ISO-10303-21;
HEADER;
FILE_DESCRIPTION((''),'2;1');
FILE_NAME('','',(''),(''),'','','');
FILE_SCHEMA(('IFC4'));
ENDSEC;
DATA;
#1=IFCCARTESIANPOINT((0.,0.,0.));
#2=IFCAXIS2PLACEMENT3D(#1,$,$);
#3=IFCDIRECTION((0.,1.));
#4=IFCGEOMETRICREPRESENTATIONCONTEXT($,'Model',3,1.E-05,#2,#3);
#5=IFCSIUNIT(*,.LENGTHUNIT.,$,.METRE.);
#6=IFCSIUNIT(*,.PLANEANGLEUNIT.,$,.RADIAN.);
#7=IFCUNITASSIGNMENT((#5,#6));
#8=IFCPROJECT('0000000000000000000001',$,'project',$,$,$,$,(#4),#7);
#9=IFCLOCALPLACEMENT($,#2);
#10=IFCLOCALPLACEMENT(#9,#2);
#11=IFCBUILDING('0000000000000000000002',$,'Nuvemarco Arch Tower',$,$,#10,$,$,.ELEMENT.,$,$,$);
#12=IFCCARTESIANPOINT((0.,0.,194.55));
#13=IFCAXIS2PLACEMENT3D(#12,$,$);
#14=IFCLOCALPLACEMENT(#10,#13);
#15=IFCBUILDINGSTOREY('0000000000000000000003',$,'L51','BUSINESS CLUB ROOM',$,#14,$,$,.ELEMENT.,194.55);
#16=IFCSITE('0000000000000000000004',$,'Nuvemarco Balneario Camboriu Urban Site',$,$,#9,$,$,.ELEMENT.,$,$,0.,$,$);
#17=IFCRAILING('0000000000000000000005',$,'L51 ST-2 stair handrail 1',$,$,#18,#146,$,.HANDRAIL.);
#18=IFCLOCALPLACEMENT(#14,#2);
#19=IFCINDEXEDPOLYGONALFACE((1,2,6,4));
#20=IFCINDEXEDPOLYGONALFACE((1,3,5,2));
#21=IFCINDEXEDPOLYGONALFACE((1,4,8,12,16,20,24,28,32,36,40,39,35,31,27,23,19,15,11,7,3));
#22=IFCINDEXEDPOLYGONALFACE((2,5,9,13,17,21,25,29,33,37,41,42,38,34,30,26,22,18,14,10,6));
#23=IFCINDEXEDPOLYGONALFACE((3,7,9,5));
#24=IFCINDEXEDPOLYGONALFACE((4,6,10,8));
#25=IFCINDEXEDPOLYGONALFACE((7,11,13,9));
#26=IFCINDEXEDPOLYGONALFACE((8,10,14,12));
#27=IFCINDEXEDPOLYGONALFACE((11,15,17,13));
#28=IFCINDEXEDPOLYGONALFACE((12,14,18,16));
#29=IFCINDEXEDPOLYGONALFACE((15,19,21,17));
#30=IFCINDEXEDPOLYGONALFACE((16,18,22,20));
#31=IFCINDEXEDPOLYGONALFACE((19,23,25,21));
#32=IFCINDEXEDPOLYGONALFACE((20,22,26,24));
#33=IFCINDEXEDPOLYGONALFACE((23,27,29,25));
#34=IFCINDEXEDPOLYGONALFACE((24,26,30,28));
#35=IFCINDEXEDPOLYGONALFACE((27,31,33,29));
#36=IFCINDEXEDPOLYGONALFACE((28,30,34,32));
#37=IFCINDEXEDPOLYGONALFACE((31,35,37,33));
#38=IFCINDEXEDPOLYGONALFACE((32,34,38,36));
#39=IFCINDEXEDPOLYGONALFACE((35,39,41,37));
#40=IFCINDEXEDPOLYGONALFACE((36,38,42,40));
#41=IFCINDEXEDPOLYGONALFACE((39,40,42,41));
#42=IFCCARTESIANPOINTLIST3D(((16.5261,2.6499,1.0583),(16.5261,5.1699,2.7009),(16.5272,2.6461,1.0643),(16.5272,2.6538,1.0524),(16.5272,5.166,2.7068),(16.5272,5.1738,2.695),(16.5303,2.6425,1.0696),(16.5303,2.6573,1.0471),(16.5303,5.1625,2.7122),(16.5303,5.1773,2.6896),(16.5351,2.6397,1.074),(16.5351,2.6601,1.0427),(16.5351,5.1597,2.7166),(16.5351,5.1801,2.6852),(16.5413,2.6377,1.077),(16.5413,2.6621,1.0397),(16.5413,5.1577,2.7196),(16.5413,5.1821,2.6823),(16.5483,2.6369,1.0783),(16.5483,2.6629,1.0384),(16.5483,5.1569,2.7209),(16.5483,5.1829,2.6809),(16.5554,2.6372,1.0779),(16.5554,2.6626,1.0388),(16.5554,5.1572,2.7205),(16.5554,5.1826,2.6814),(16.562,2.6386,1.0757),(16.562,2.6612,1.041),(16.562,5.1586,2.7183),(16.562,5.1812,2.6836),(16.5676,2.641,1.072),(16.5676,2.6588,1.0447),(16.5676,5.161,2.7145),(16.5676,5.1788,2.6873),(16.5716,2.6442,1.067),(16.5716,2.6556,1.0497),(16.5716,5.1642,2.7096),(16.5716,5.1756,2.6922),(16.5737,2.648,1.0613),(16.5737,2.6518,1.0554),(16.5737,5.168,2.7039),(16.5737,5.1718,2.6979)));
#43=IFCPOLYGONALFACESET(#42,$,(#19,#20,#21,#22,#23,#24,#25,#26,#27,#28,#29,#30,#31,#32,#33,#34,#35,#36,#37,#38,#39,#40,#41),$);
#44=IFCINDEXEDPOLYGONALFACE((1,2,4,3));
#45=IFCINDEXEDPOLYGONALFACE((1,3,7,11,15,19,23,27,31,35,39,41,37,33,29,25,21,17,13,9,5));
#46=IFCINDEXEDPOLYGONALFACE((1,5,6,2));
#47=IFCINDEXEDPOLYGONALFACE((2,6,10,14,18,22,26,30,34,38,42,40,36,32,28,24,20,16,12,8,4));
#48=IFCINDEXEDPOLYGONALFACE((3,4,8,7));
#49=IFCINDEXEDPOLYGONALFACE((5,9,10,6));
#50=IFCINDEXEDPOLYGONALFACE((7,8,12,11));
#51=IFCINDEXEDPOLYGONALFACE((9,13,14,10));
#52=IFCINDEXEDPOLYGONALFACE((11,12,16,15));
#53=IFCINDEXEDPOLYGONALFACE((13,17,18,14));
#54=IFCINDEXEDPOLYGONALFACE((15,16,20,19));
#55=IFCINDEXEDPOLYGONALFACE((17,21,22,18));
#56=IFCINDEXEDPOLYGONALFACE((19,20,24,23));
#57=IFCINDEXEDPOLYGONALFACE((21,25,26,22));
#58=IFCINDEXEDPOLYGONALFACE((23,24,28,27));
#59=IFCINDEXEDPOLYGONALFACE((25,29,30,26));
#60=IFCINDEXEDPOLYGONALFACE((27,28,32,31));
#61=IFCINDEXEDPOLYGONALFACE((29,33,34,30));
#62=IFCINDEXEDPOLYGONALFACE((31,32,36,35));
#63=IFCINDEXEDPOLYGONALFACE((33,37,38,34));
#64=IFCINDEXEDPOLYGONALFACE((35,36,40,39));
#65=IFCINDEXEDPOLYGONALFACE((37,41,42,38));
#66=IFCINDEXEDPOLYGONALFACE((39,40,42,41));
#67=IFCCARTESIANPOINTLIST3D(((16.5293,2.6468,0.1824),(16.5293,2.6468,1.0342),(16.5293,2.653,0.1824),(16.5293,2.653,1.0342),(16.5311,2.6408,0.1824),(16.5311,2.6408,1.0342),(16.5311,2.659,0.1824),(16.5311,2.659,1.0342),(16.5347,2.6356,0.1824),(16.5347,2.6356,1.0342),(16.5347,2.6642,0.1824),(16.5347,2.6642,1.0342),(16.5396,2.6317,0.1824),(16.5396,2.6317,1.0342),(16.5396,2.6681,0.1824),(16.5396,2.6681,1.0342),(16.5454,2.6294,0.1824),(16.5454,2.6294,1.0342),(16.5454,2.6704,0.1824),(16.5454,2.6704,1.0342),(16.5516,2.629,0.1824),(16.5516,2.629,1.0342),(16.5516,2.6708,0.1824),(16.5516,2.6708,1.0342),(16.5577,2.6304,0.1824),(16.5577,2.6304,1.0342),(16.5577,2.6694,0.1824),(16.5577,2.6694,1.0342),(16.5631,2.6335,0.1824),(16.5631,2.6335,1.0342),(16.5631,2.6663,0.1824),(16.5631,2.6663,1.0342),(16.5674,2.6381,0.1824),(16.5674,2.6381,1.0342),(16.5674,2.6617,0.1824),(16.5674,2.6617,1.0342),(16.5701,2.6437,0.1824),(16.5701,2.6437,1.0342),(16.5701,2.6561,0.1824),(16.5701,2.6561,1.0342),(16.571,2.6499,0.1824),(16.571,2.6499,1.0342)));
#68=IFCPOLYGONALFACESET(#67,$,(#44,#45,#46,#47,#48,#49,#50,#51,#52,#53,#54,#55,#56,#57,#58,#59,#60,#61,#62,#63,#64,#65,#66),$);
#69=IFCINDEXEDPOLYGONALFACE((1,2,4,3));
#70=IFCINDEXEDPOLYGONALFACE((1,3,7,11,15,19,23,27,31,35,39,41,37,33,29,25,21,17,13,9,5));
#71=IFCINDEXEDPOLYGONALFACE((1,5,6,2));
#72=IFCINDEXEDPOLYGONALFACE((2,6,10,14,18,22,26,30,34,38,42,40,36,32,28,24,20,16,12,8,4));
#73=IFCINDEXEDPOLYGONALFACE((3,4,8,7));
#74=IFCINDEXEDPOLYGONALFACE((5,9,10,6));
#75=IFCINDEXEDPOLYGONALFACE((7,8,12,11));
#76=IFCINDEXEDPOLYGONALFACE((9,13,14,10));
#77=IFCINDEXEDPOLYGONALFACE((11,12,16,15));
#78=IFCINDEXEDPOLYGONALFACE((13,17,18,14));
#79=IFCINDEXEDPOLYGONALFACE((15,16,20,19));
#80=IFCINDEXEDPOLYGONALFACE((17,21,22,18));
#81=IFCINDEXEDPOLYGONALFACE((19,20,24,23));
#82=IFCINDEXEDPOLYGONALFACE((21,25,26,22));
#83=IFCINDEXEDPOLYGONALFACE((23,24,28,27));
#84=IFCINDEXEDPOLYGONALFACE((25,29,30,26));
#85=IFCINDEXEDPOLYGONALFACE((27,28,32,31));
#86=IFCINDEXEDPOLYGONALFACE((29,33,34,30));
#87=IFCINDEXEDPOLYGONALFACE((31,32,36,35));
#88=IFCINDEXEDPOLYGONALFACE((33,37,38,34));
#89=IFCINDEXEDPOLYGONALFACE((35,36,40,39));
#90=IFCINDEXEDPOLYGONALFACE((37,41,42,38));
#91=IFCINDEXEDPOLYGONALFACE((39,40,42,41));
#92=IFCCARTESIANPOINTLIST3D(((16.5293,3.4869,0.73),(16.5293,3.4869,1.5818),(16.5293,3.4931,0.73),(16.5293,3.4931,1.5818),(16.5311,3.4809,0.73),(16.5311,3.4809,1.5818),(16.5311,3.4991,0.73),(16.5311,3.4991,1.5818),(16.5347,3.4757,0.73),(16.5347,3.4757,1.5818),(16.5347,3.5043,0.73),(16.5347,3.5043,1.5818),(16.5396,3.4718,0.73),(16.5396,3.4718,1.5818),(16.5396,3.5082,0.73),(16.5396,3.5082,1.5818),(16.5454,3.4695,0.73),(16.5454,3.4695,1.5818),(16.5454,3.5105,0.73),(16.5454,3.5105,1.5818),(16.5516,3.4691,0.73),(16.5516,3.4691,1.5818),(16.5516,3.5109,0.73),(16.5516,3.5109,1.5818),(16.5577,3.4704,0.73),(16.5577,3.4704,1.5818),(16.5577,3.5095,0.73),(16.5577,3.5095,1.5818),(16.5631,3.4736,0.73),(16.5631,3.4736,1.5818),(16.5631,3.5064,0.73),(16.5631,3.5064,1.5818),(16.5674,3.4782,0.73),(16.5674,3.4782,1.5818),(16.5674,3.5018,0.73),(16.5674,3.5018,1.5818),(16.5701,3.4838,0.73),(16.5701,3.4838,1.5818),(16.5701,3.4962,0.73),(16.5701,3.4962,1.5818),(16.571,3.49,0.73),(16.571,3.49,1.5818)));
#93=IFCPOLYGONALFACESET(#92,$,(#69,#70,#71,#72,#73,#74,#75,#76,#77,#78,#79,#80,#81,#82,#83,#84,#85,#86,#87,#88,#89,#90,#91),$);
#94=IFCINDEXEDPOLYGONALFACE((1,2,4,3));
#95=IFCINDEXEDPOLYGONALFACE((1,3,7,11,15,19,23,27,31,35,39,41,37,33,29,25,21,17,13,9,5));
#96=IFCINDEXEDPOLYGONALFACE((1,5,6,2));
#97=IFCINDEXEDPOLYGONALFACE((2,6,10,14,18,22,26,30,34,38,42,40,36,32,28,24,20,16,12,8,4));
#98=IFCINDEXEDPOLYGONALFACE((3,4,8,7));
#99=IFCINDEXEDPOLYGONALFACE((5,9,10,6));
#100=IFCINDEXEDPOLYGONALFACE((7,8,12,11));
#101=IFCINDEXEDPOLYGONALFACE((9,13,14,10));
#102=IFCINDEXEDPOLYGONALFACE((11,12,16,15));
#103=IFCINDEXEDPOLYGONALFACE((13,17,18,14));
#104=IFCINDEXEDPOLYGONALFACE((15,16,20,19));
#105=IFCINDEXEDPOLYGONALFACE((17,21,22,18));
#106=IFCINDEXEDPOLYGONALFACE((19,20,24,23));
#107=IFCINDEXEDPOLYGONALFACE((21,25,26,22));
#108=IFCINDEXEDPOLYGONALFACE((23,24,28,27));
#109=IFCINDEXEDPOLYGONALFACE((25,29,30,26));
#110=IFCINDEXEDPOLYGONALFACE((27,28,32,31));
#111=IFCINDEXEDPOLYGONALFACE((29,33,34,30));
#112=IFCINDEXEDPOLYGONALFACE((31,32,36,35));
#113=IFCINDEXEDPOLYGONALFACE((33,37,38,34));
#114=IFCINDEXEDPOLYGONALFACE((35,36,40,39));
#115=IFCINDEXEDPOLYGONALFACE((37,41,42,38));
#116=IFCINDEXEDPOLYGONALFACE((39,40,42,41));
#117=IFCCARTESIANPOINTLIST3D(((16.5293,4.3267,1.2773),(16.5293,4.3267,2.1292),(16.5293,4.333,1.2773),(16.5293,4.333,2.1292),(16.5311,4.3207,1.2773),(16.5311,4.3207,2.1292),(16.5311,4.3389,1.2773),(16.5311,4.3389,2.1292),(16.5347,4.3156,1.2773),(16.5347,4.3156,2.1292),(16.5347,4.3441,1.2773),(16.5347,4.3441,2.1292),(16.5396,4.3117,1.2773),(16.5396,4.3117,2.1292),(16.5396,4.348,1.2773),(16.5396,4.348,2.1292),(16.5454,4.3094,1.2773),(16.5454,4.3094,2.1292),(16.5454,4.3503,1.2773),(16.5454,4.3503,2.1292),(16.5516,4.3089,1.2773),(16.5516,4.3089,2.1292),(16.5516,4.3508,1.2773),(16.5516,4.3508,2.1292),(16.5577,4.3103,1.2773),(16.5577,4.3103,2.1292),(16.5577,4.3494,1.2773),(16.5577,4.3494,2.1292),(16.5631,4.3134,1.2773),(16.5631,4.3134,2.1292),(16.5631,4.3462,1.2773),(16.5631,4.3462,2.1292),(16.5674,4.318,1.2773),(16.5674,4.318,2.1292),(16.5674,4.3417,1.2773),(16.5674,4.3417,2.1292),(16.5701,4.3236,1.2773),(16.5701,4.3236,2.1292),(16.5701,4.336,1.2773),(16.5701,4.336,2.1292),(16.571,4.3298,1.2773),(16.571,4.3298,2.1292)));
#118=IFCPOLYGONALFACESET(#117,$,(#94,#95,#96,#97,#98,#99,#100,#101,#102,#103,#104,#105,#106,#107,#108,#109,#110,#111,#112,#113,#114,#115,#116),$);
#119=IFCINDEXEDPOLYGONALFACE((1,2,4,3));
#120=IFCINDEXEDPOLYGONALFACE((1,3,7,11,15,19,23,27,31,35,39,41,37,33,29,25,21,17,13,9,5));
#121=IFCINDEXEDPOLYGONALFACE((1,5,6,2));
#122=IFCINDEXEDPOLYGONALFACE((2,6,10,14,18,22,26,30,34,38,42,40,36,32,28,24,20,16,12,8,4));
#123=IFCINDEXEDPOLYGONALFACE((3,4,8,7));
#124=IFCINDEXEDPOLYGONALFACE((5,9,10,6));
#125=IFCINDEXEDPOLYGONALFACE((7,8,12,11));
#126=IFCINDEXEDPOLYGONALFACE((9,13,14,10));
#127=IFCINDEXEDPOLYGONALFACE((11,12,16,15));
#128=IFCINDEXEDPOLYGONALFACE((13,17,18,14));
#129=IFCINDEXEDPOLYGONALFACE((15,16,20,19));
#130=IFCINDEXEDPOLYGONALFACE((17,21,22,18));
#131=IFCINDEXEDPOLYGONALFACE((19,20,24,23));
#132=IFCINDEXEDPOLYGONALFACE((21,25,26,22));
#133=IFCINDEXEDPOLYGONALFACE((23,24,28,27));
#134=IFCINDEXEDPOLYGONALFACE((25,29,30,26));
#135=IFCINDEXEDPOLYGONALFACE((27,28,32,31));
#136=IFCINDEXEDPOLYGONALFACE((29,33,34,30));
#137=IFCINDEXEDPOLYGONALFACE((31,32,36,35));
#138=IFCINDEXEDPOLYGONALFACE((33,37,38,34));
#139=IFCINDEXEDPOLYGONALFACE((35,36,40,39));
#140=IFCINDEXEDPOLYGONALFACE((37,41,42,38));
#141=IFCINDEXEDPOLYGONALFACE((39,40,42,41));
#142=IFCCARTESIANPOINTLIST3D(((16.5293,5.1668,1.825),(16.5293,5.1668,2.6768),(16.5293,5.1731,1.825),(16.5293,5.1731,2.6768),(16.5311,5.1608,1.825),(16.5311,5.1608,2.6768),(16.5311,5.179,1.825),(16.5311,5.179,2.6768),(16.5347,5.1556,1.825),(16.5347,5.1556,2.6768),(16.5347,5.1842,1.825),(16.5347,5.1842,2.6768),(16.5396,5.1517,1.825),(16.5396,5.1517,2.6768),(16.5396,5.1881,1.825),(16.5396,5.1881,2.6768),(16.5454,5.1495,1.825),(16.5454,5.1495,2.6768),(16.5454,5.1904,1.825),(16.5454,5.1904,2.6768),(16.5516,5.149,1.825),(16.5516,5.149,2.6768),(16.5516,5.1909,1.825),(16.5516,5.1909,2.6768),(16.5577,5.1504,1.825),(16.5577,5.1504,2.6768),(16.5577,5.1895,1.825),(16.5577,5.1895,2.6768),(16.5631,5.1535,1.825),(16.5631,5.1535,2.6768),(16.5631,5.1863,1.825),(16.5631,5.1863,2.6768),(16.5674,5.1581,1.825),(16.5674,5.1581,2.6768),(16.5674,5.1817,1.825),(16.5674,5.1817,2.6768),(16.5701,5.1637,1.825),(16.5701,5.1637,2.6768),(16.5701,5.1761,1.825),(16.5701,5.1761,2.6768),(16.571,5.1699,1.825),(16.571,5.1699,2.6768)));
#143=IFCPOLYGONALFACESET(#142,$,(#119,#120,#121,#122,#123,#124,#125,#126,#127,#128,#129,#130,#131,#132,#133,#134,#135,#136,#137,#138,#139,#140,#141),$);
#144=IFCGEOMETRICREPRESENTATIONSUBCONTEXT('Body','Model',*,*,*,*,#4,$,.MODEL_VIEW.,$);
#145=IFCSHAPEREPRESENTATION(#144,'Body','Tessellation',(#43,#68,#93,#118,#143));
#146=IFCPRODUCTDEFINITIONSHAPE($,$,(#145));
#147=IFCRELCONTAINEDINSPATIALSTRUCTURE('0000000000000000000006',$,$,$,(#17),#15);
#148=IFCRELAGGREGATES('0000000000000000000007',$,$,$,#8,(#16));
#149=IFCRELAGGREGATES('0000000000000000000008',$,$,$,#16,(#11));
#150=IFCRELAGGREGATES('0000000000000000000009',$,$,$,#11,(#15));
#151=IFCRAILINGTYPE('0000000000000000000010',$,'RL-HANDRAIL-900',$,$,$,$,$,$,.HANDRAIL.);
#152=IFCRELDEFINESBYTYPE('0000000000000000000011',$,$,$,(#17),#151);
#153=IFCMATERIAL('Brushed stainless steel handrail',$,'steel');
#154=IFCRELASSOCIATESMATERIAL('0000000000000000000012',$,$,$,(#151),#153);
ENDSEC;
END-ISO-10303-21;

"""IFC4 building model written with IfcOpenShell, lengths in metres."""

from ifc_helpers import new_model, si_unit, direction, frame, origin, origin_2d, place, context, subcontext, project, spatial, circle, extrude, material, type_object, element, save


model = new_model("IFC4")

# Units and contexts
model_context = context("Model", 3, precision=1e-05, world=origin(), true_north=direction((0.0, 1.0)))
body_context = subcontext(model_context, "Body", "Model", "MODEL_VIEW")
ifc_project = project(units=[si_unit("LENGTHUNIT", "METRE"), si_unit("PLANEANGLEUNIT", "RADIAN")], contexts=[model_context])

# Site, building, storey
site_placement = place(None, origin())
site = spatial("IfcSite", under=ifc_project, at=site_placement, Name="Nuvemarco Balneario Camboriu Urban Site", CompositionType="ELEMENT", RefElevation=0.0)
building_placement = place(site_placement, origin())
building = spatial("IfcBuilding", under=site, at=building_placement, Name="Nuvemarco Arch Tower", CompositionType="ELEMENT")
storey_placement = place(building_placement, frame((0.0, 0.0, 194.55)))
storey = spatial("IfcBuildingStorey", under=building, at=storey_placement, Name="L51", Description="BUSINESS CLUB ROOM", CompositionType="ELEMENT", Elevation=194.55)

# Railing
ifc_material_1 = material(Name="Brushed stainless steel handrail", Category="steel")
railing_type_1 = type_object("IfcRailingType", Name="RL-HANDRAIL-900", PredefinedType="HANDRAIL", material=ifc_material_1)
railing_1_placement = place(storey_placement, frame((16.55, 2.6499, 0.1824)))
element("IfcRailing", 1, at=railing_1_placement, inside=storey, type_object=railing_type_1, Name="L51 ST-2 stair handrail 1", PredefinedType="HANDRAIL", context=body_context, shape_type="SweptSolid", body=[
    extrude(circle(Radius=0.0239, at=origin_2d()), frame((0.0, 0.0, 0.876), z_axis=(0.0, 0.837749, 0.546055), x_axis=(-1.0, 0.0, 0.0)), (0.0, 0.0, 1.0), 3.0081),
    extrude(circle(Radius=0.021, at=origin_2d()), origin(), (0.0, 0.0, 1.0), 0.8518),
    extrude(circle(Radius=0.021, at=origin_2d()), frame((0.0, 0.8401, 0.5476)), (0.0, 0.0, 1.0), 0.8518),
    extrude(circle(Radius=0.021, at=origin_2d()), frame((0.0, 1.6799, 1.095)), (0.0, 0.0, 1.0), 0.8518),
    extrude(circle(Radius=0.021, at=origin_2d()), frame((0.0, 2.52, 1.6426)), (0.0, 0.0, 1.0), 0.8518),
])

save(model, "model.ifc")
